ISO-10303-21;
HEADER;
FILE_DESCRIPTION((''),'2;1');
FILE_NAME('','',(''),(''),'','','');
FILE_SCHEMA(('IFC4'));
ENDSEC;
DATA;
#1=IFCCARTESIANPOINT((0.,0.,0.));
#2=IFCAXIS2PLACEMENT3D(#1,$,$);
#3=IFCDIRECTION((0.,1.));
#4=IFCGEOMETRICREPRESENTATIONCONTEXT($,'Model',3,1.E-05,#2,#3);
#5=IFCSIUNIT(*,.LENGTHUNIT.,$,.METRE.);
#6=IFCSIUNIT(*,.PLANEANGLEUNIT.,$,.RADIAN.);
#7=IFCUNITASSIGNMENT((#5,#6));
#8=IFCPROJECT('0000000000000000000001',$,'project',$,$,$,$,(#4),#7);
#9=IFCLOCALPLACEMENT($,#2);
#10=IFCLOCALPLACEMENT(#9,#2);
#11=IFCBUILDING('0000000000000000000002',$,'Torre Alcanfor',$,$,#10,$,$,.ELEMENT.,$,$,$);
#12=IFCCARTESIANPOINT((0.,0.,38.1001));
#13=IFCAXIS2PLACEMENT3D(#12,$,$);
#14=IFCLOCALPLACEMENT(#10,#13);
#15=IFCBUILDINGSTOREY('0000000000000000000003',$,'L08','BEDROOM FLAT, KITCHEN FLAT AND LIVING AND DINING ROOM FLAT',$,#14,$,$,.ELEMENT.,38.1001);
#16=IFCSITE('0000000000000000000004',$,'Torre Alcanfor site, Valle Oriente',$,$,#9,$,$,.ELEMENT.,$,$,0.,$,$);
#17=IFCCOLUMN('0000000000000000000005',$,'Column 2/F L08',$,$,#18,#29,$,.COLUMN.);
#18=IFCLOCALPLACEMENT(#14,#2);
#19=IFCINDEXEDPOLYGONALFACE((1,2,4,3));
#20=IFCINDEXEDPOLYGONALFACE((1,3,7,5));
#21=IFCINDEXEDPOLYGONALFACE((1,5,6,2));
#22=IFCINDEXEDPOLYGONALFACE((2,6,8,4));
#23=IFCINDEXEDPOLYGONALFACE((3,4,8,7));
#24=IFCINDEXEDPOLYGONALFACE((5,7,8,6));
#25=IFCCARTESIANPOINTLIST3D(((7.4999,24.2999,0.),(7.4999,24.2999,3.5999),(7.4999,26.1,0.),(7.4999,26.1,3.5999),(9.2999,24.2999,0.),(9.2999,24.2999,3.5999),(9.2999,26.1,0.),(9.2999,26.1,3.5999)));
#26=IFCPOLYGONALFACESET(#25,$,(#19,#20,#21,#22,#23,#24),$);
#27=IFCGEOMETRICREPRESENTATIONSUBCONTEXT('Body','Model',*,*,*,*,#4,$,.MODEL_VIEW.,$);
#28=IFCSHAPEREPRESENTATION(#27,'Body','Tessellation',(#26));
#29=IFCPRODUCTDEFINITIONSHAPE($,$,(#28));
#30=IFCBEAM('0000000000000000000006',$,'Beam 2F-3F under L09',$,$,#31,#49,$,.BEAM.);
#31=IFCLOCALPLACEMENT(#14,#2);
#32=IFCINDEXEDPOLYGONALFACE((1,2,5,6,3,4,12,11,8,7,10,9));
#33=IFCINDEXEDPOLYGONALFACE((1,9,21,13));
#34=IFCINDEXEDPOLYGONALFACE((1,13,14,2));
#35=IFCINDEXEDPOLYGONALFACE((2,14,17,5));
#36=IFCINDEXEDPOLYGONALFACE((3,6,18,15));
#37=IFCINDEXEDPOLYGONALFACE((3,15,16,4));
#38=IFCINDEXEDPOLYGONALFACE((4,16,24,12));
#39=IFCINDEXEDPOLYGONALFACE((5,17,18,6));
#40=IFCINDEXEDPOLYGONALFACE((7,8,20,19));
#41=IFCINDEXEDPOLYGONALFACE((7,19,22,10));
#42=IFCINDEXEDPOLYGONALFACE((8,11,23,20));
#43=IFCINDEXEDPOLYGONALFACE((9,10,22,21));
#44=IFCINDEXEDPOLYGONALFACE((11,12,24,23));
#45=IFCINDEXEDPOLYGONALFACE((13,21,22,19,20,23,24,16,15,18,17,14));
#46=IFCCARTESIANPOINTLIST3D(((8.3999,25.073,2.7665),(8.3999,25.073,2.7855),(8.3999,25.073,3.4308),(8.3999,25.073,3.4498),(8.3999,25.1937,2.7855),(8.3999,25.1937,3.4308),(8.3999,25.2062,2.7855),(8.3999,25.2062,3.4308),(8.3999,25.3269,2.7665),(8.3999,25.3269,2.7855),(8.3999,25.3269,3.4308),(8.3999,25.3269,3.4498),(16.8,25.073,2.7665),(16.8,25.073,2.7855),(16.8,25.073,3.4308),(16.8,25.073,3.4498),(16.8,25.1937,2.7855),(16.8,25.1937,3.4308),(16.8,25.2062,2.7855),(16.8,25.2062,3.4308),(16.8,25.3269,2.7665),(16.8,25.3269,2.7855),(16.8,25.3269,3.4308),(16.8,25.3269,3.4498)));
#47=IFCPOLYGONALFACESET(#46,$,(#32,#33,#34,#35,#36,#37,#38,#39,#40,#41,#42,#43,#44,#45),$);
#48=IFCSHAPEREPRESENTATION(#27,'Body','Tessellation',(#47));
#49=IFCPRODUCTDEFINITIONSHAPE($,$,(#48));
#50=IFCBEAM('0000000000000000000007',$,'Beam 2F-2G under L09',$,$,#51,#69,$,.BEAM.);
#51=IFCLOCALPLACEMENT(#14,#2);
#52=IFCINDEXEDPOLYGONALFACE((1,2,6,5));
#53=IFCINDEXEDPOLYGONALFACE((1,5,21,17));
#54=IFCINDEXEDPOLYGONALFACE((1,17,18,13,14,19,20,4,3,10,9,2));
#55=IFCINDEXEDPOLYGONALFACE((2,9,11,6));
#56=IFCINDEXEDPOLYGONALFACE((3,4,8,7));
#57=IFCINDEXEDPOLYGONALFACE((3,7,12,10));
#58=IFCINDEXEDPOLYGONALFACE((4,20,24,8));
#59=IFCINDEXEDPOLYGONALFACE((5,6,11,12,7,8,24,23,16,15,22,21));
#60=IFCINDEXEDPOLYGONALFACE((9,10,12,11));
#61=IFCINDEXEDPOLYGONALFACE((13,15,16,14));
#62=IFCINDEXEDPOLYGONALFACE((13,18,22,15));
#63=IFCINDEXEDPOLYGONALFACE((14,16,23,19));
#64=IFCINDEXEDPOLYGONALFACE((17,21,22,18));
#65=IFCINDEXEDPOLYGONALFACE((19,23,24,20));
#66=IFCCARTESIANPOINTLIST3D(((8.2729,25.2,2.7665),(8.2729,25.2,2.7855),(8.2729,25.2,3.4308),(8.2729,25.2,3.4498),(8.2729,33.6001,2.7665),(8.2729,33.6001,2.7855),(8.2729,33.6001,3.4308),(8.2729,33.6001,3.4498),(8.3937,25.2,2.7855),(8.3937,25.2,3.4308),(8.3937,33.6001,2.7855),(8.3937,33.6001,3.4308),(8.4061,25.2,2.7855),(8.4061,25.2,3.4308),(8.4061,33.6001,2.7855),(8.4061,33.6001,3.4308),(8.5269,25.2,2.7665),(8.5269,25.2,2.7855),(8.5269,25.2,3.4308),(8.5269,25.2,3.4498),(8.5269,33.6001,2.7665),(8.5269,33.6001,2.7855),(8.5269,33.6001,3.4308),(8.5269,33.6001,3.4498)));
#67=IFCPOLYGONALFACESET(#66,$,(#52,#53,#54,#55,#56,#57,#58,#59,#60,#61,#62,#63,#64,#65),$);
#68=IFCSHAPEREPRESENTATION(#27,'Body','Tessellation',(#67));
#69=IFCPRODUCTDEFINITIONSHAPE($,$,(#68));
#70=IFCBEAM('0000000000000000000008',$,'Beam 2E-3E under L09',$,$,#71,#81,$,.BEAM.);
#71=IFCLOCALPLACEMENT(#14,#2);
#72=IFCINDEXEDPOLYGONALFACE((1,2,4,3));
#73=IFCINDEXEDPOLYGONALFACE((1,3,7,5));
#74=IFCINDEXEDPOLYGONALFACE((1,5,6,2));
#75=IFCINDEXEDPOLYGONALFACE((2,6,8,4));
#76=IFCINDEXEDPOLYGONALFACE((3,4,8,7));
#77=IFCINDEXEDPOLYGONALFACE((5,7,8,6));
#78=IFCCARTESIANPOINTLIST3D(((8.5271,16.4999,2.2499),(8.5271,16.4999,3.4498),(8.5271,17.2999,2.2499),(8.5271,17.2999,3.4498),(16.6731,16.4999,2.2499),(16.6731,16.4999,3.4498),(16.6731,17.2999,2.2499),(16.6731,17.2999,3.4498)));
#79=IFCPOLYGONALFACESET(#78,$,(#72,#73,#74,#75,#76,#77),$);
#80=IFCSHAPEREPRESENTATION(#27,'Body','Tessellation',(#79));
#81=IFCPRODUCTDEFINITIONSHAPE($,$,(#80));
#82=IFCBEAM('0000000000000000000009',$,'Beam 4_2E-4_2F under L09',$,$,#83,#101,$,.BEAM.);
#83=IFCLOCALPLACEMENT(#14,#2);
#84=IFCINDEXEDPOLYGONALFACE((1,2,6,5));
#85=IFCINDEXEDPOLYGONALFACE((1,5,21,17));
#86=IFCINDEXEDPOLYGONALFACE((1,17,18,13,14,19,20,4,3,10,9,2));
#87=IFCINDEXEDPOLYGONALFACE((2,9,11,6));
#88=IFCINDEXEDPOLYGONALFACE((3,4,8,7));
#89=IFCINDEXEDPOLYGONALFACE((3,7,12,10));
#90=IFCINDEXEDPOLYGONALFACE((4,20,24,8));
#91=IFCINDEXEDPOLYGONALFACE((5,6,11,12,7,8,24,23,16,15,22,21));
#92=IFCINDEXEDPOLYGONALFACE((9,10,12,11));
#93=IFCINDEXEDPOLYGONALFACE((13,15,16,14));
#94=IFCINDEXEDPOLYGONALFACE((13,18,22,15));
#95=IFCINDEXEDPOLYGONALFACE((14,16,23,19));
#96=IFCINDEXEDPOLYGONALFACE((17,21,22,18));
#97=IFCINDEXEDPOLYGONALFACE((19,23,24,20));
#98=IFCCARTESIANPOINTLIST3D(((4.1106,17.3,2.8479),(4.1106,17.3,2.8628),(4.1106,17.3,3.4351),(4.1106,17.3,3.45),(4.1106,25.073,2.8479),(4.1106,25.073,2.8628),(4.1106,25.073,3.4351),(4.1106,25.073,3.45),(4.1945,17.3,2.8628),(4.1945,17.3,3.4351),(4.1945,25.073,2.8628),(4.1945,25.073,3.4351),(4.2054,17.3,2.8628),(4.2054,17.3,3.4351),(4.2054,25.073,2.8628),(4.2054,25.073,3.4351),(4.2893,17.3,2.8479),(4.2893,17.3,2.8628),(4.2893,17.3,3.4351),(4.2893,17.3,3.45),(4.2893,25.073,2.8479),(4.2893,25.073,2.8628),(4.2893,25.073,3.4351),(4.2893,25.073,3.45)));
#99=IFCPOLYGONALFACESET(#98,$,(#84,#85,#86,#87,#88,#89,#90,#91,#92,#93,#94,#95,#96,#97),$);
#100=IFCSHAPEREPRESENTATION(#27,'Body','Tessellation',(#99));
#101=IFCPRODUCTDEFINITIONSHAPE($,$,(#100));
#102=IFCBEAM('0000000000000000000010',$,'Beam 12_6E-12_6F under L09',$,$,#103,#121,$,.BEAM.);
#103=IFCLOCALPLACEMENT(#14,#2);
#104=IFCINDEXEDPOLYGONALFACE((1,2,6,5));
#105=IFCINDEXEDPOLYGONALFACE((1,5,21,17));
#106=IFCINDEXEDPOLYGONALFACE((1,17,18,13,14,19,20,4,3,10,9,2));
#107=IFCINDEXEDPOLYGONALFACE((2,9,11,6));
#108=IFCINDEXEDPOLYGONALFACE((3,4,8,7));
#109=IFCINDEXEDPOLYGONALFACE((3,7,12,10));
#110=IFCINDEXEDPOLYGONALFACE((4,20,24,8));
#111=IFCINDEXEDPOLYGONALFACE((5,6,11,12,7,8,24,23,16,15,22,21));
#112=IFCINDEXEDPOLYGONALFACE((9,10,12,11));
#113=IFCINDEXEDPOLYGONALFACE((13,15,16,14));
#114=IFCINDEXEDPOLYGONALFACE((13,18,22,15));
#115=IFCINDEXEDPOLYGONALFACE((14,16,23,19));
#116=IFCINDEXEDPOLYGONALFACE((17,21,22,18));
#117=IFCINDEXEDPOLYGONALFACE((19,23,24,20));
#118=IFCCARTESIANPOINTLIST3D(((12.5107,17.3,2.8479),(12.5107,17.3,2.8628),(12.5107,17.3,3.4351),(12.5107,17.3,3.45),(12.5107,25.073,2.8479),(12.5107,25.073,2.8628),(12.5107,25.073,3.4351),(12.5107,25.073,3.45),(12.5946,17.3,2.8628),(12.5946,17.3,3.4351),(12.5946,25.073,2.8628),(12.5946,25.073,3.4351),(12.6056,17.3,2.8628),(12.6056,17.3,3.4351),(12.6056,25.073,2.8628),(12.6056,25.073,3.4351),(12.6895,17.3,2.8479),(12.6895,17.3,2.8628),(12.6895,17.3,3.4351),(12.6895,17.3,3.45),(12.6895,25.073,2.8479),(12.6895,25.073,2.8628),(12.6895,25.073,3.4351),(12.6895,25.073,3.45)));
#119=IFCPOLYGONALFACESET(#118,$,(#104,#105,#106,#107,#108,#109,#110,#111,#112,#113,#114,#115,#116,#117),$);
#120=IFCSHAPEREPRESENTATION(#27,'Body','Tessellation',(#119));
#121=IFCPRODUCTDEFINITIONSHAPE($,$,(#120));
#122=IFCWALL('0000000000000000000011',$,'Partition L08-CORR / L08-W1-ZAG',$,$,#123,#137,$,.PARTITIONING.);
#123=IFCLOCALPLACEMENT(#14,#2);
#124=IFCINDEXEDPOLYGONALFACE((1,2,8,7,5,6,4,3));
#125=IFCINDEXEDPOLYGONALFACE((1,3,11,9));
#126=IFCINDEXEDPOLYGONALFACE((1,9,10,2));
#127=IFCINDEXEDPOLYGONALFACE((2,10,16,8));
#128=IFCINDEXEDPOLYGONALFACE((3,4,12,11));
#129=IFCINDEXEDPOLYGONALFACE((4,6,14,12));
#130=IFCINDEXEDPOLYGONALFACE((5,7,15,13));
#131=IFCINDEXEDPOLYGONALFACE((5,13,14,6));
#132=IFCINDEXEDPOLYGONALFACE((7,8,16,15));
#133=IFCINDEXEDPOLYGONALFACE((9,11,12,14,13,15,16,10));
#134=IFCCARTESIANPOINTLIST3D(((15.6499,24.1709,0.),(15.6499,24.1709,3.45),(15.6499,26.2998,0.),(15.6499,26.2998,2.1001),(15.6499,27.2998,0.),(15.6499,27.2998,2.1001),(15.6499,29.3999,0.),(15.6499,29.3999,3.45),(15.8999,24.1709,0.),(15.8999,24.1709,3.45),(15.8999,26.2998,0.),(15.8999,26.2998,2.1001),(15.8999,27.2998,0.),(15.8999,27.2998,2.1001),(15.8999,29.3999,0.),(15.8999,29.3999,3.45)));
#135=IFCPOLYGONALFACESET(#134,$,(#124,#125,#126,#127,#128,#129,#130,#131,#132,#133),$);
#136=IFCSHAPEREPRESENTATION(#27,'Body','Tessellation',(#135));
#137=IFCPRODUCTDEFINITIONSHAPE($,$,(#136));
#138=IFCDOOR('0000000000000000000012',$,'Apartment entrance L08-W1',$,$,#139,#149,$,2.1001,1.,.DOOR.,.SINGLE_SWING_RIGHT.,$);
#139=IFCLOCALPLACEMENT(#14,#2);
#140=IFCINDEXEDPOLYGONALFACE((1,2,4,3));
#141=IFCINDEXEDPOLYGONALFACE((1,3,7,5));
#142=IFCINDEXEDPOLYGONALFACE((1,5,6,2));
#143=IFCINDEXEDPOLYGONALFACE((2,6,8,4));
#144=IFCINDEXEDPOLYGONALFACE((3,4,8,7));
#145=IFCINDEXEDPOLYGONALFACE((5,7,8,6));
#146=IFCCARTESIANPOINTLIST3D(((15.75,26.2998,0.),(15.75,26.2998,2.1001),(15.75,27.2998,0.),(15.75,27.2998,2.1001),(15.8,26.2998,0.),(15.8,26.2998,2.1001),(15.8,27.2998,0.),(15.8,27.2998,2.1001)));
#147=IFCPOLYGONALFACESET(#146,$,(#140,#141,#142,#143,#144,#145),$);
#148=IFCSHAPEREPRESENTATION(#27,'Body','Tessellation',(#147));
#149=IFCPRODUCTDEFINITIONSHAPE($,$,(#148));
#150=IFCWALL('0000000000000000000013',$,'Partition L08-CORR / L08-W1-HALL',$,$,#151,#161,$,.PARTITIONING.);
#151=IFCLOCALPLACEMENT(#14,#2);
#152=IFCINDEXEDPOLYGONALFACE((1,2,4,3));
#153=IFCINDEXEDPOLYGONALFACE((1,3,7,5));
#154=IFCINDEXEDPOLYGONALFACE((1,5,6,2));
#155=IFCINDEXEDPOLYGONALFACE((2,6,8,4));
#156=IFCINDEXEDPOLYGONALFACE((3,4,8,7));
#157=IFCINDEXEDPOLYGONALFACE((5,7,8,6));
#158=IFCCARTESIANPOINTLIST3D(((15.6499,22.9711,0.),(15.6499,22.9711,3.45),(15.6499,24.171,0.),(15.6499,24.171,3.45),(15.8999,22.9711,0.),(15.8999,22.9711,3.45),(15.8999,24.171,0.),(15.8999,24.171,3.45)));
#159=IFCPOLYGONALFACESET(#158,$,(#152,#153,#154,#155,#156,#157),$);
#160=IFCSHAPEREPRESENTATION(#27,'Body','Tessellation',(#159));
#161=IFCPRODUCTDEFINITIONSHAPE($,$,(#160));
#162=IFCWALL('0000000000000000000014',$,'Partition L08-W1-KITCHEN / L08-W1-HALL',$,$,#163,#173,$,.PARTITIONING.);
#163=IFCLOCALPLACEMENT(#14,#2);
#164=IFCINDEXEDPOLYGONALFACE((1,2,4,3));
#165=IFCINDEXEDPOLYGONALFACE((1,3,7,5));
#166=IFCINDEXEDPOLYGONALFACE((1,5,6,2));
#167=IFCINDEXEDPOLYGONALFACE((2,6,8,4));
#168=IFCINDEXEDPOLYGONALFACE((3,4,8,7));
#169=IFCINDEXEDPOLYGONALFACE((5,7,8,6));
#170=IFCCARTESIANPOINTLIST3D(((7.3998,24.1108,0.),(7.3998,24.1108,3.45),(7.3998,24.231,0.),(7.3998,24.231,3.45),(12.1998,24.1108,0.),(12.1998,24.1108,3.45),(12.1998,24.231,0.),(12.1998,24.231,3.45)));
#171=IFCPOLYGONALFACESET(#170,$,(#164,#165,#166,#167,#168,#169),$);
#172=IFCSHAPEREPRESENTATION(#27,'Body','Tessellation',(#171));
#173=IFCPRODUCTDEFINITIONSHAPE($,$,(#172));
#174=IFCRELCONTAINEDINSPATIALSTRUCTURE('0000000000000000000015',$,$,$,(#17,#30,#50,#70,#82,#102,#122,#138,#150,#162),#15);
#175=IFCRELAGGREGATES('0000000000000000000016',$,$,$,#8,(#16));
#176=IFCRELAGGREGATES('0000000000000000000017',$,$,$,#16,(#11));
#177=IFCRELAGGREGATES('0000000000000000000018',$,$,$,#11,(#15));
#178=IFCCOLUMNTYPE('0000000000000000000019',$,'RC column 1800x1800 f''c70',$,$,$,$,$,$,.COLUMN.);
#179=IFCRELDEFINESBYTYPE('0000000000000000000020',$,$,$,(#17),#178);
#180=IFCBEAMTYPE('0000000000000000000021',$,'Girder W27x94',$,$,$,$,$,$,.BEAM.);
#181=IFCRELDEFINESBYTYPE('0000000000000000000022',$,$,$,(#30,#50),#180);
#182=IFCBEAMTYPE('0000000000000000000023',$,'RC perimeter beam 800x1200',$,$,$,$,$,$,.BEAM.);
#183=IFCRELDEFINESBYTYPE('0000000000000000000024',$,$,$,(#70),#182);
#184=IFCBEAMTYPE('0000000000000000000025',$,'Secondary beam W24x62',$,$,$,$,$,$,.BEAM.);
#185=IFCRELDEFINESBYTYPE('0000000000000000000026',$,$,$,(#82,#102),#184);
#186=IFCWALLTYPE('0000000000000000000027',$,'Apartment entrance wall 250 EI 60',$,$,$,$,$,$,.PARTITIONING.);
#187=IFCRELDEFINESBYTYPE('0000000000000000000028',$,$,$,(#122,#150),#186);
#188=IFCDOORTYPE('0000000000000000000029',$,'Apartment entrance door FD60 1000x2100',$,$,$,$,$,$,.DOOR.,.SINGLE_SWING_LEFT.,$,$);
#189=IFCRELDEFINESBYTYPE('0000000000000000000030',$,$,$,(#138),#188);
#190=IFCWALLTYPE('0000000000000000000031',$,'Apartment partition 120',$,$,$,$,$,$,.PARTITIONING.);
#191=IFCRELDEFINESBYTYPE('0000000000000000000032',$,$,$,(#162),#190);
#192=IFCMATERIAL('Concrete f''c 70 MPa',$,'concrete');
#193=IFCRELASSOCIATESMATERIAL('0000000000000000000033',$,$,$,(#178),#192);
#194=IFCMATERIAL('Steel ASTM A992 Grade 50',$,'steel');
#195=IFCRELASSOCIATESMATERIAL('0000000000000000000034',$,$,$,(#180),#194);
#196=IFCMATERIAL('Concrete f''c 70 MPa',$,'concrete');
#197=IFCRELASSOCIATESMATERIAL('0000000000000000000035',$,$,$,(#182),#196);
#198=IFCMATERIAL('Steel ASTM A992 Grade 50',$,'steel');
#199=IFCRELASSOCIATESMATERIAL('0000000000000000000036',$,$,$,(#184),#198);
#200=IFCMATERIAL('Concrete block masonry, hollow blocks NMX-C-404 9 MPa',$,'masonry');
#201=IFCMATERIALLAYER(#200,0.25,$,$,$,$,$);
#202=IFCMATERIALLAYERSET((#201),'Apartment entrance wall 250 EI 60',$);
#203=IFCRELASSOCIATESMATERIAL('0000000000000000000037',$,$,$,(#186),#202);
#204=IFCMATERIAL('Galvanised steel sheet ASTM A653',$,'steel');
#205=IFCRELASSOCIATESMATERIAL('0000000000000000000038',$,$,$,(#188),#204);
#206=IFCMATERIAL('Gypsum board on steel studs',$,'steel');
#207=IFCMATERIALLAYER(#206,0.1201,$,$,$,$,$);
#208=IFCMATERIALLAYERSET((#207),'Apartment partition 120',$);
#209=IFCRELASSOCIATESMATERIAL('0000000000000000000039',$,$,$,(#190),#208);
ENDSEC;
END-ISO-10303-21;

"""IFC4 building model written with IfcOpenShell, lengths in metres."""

from ifc_helpers import new_model, si_unit, direction, frame, frame_2d, origin, origin_2d, place, context, subcontext, project, spatial, rectangle, i_section, extrude, material, layer, layer_set, material_profile, profile_set, type_object, element, fill, save


model = new_model("IFC4")

# Units and contexts
model_context = context("Model", 3, precision=1e-05, world=origin(), true_north=direction((0.0, 1.0)))
body_context = subcontext(model_context, "Body", "Model", "MODEL_VIEW")
ifc_project = project(units=[si_unit("LENGTHUNIT", "METRE"), si_unit("PLANEANGLEUNIT", "RADIAN")], contexts=[model_context])

# Site, building, storey
site_placement = place(None, origin())
site = spatial("IfcSite", under=ifc_project, at=site_placement, Name="Torre Alcanfor site, Valle Oriente", CompositionType="ELEMENT", RefElevation=0.0)
building_placement = place(site_placement, origin())
building = spatial("IfcBuilding", under=site, at=building_placement, Name="Torre Alcanfor", CompositionType="ELEMENT")
storey_placement = place(building_placement, frame((0.0, 0.0, 38.1001)))
storey = spatial("IfcBuildingStorey", under=building, at=storey_placement, Name="L08", Description="BEDROOM FLAT, KITCHEN FLAT AND LIVING AND DINING ROOM FLAT", CompositionType="ELEMENT", Elevation=38.1001)

# Column
ifc_material_1 = material(Name="Concrete f'c 70 MPa", Category="concrete")
ifc_material_profile_1 = material_profile(ifc_material_1, rectangle(XDim=1.8, YDim=1.8, at=origin_2d()), Name="1800x1800")
ifc_profile_set_1 = profile_set([ifc_material_profile_1], Name="Concrete f'c 70 MPa")
column_type = type_object("IfcColumnType", Name="RC column 1800x1800 f'c70", PredefinedType="COLUMN", material=ifc_profile_set_1)
column_placement = place(storey_placement, frame((8.3999, 25.2, 0.0), z_axis=(0.0, 0.0, 1.0), x_axis=(1.0, 0.0, 0.0)))
element("IfcColumn", 1, at=column_placement, inside=storey, type_object=column_type, Name="Column 2/F L08", PredefinedType="COLUMN", context=body_context, shape_type="SweptSolid", body=[
    extrude(rectangle(XDim=1.8, YDim=1.8, at=origin_2d()), origin(), (0.0, 0.0, 1.0), 3.5999),
])

# Beams
ifc_material_2 = material(Name="Steel ASTM A992 Grade 50", Category="steel")
ifc_material_profile_2 = material_profile(ifc_material_2, i_section(OverallWidth=0.2539, OverallDepth=0.6833, WebThickness=0.0125, FlangeThickness=0.019, at=origin_2d()), Name="W27x94")
ifc_profile_set_2 = profile_set([ifc_material_profile_2], Name="Steel ASTM A992 Grade 50")
beam_type_1 = type_object("IfcBeamType", Name="Girder W27x94", PredefinedType="BEAM", material=ifc_profile_set_2)
for number, where, z_axis, x_axis, name in (
    (2, (8.3999, 25.2, 3.1082), (1.0, 0.0, 0.0), (0.0, 1.0, 0.0), "Beam 2F-3F under L09"),
    (3, (8.3999, 25.2, 3.1082), (0.0, 1.0, 0.0), (-1.0, 0.0, 0.0), "Beam 2F-2G under L09"),
):
    element("IfcBeam", number, at=place(storey_placement, frame(where, z_axis=z_axis, x_axis=x_axis)), inside=storey, type_object=beam_type_1, Name=name, PredefinedType="BEAM", context=body_context, shape_type="SweptSolid", body=[
        extrude(i_section(OverallWidth=0.2539, OverallDepth=0.6833, WebThickness=0.0125, FlangeThickness=0.019, at=origin_2d()), origin(), (0.0, 0.0, 1.0), 8.4001),
    ])
ifc_material_3 = material(Name="Concrete f'c 70 MPa", Category="concrete")
ifc_material_profile_3 = material_profile(ifc_material_3, rectangle(XDim=0.8, YDim=1.2, at=origin_2d()), Name="800x1200")
ifc_profile_set_3 = profile_set([ifc_material_profile_3], Name="Concrete f'c 70 MPa")
beam_type_2 = type_object("IfcBeamType", Name="RC perimeter beam 800x1200", PredefinedType="BEAM", material=ifc_profile_set_3)
beam_placement = place(storey_placement, frame((8.5271, 16.8999, 2.8499), z_axis=(1.0, 0.0, 0.0), x_axis=(0.0, 1.0, 0.0)))
element("IfcBeam", 4, at=beam_placement, inside=storey, type_object=beam_type_2, Name="Beam 2E-3E under L09", PredefinedType="BEAM", context=body_context, shape_type="SweptSolid", body=[
    extrude(rectangle(XDim=0.8, YDim=1.2, at=origin_2d()), origin(), (0.0, 0.0, 1.0), 8.146),
])
ifc_material_4 = material(Name="Steel ASTM A992 Grade 50", Category="steel")
ifc_material_profile_4 = material_profile(ifc_material_4, i_section(OverallWidth=0.1787, OverallDepth=0.6021, WebThickness=0.011, FlangeThickness=0.0149, at=origin_2d()), Name="W24x62")
ifc_profile_set_4 = profile_set([ifc_material_profile_4], Name="Steel ASTM A992 Grade 50")
beam_type_3 = type_object("IfcBeamType", Name="Secondary beam W24x62", PredefinedType="BEAM", material=ifc_profile_set_4)
for number, where, z_axis, x_axis, name in (
    (5, (4.2, 17.3, 3.1489), (0.0, 1.0, 0.0), (-1.0, 0.0, 0.0), "Beam 4_2E-4_2F under L09"),
    (6, (12.6001, 17.3, 3.1489), (0.0, 1.0, 0.0), (-1.0, 0.0, 0.0), "Beam 12_6E-12_6F under L09"),
):
    element("IfcBeam", number, at=place(storey_placement, frame(where, z_axis=z_axis, x_axis=x_axis)), inside=storey, type_object=beam_type_3, Name=name, PredefinedType="BEAM", context=body_context, shape_type="SweptSolid", body=[
        extrude(i_section(OverallWidth=0.1787, OverallDepth=0.6021, WebThickness=0.011, FlangeThickness=0.0149, at=origin_2d()), origin(), (0.0, 0.0, 1.0), 7.7729),
    ])

# Wall, opening, door
ifc_material_5 = material(Name="Concrete block masonry, hollow blocks NMX-C-404 9 MPa", Category="masonry")
ifc_layer_1 = layer(ifc_material_5, 0.25)
ifc_layer_set_1 = layer_set([ifc_layer_1], Name="Apartment entrance wall 250 EI 60")
wall_type_1 = type_object("IfcWallType", Name="Apartment entrance wall 250 EI 60", PredefinedType="PARTITIONING", material=ifc_layer_set_1)
wall_1_placement = place(storey_placement, frame((15.7749, 24.1709, 0.0), z_axis=(0.0, 0.0, 1.0), x_axis=(0.0, 1.0, 0.0)))
wall_1 = element("IfcWall", 7, at=wall_1_placement, inside=storey, type_object=wall_type_1, Name="Partition L08-CORR / L08-W1-ZAG", PredefinedType="PARTITIONING", context=body_context, shape_type="SweptSolid", body=[
    extrude(rectangle(XDim=5.229, YDim=0.25, at=frame_2d((2.6145, 0.0))), origin(), (0.0, 0.0, 1.0), 3.45),
])
opening_1_placement = place(wall_1_placement, frame((2.1289, 0.0, 0.0)))
opening_1 = element("IfcOpeningElement", 8, at=opening_1_placement, cuts=wall_1, PredefinedType="OPENING", context=body_context, shape_type="SweptSolid", body=[
    extrude(rectangle(XDim=1.0, YDim=2.1001, at=frame_2d((0.5, 1.05))), frame((0.0, 0.135, 0.0), z_axis=(0.0, -1.0, 0.0), x_axis=(1.0, 0.0, 0.0)), (0.0, 0.0, 1.0), 0.27),
])
ifc_material_6 = material(Name="Galvanised steel sheet ASTM A653", Category="steel")
door_type_1 = type_object("IfcDoorType", Name="Apartment entrance door FD60 1000x2100", OperationType="SINGLE_SWING_LEFT", PredefinedType="DOOR", material=ifc_material_6)
door_1_placement = place(opening_1_placement, origin())
door_1 = element("IfcDoor", 9, at=door_1_placement, inside=storey, type_object=door_type_1, Name="Apartment entrance L08-W1", OperationType="SINGLE_SWING_RIGHT", OverallHeight=2.1001, OverallWidth=1.0, PredefinedType="DOOR", context=body_context, shape_type="SweptSolid", body=[
    extrude(rectangle(XDim=1.0, YDim=2.1001, at=frame_2d((0.5, 1.05))), frame((0.0, 0.0249, 0.0), z_axis=(0.0, -1.0, 0.0), x_axis=(1.0, 0.0, 0.0)), (0.0, 0.0, 1.0), 0.05),
])
fill(opening_1, door_1)

# Walls
wall_2_placement = place(storey_placement, frame((15.7749, 22.9709, 0.0), z_axis=(0.0, 0.0, 1.0), x_axis=(0.0, 1.0, 0.0)))
element("IfcWall", 10, at=wall_2_placement, inside=storey, type_object=wall_type_1, Name="Partition L08-CORR / L08-W1-HALL", PredefinedType="PARTITIONING", context=body_context, shape_type="SweptSolid", body=[
    extrude(rectangle(XDim=1.2, YDim=0.25, at=frame_2d((0.6001, 0.0))), origin(), (0.0, 0.0, 1.0), 3.45),
])
ifc_material_7 = material(Name="Gypsum board on steel studs", Category="steel")
ifc_layer_2 = layer(ifc_material_7, 0.1201)
ifc_layer_set_2 = layer_set([ifc_layer_2], Name="Apartment partition 120")
wall_type_2 = type_object("IfcWallType", Name="Apartment partition 120", PredefinedType="PARTITIONING", material=ifc_layer_set_2)
wall_3_placement = place(storey_placement, frame((7.3999, 24.1709, 0.0), z_axis=(0.0, 0.0, 1.0), x_axis=(1.0, 0.0, 0.0)))
element("IfcWall", 11, at=wall_3_placement, inside=storey, type_object=wall_type_2, Name="Partition L08-W1-KITCHEN / L08-W1-HALL", PredefinedType="PARTITIONING", context=body_context, shape_type="SweptSolid", body=[
    extrude(rectangle(XDim=4.8, YDim=0.1201, at=frame_2d((2.3999, 0.0))), origin(), (0.0, 0.0, 1.0), 3.45),
])

save(model, "model.ifc")
